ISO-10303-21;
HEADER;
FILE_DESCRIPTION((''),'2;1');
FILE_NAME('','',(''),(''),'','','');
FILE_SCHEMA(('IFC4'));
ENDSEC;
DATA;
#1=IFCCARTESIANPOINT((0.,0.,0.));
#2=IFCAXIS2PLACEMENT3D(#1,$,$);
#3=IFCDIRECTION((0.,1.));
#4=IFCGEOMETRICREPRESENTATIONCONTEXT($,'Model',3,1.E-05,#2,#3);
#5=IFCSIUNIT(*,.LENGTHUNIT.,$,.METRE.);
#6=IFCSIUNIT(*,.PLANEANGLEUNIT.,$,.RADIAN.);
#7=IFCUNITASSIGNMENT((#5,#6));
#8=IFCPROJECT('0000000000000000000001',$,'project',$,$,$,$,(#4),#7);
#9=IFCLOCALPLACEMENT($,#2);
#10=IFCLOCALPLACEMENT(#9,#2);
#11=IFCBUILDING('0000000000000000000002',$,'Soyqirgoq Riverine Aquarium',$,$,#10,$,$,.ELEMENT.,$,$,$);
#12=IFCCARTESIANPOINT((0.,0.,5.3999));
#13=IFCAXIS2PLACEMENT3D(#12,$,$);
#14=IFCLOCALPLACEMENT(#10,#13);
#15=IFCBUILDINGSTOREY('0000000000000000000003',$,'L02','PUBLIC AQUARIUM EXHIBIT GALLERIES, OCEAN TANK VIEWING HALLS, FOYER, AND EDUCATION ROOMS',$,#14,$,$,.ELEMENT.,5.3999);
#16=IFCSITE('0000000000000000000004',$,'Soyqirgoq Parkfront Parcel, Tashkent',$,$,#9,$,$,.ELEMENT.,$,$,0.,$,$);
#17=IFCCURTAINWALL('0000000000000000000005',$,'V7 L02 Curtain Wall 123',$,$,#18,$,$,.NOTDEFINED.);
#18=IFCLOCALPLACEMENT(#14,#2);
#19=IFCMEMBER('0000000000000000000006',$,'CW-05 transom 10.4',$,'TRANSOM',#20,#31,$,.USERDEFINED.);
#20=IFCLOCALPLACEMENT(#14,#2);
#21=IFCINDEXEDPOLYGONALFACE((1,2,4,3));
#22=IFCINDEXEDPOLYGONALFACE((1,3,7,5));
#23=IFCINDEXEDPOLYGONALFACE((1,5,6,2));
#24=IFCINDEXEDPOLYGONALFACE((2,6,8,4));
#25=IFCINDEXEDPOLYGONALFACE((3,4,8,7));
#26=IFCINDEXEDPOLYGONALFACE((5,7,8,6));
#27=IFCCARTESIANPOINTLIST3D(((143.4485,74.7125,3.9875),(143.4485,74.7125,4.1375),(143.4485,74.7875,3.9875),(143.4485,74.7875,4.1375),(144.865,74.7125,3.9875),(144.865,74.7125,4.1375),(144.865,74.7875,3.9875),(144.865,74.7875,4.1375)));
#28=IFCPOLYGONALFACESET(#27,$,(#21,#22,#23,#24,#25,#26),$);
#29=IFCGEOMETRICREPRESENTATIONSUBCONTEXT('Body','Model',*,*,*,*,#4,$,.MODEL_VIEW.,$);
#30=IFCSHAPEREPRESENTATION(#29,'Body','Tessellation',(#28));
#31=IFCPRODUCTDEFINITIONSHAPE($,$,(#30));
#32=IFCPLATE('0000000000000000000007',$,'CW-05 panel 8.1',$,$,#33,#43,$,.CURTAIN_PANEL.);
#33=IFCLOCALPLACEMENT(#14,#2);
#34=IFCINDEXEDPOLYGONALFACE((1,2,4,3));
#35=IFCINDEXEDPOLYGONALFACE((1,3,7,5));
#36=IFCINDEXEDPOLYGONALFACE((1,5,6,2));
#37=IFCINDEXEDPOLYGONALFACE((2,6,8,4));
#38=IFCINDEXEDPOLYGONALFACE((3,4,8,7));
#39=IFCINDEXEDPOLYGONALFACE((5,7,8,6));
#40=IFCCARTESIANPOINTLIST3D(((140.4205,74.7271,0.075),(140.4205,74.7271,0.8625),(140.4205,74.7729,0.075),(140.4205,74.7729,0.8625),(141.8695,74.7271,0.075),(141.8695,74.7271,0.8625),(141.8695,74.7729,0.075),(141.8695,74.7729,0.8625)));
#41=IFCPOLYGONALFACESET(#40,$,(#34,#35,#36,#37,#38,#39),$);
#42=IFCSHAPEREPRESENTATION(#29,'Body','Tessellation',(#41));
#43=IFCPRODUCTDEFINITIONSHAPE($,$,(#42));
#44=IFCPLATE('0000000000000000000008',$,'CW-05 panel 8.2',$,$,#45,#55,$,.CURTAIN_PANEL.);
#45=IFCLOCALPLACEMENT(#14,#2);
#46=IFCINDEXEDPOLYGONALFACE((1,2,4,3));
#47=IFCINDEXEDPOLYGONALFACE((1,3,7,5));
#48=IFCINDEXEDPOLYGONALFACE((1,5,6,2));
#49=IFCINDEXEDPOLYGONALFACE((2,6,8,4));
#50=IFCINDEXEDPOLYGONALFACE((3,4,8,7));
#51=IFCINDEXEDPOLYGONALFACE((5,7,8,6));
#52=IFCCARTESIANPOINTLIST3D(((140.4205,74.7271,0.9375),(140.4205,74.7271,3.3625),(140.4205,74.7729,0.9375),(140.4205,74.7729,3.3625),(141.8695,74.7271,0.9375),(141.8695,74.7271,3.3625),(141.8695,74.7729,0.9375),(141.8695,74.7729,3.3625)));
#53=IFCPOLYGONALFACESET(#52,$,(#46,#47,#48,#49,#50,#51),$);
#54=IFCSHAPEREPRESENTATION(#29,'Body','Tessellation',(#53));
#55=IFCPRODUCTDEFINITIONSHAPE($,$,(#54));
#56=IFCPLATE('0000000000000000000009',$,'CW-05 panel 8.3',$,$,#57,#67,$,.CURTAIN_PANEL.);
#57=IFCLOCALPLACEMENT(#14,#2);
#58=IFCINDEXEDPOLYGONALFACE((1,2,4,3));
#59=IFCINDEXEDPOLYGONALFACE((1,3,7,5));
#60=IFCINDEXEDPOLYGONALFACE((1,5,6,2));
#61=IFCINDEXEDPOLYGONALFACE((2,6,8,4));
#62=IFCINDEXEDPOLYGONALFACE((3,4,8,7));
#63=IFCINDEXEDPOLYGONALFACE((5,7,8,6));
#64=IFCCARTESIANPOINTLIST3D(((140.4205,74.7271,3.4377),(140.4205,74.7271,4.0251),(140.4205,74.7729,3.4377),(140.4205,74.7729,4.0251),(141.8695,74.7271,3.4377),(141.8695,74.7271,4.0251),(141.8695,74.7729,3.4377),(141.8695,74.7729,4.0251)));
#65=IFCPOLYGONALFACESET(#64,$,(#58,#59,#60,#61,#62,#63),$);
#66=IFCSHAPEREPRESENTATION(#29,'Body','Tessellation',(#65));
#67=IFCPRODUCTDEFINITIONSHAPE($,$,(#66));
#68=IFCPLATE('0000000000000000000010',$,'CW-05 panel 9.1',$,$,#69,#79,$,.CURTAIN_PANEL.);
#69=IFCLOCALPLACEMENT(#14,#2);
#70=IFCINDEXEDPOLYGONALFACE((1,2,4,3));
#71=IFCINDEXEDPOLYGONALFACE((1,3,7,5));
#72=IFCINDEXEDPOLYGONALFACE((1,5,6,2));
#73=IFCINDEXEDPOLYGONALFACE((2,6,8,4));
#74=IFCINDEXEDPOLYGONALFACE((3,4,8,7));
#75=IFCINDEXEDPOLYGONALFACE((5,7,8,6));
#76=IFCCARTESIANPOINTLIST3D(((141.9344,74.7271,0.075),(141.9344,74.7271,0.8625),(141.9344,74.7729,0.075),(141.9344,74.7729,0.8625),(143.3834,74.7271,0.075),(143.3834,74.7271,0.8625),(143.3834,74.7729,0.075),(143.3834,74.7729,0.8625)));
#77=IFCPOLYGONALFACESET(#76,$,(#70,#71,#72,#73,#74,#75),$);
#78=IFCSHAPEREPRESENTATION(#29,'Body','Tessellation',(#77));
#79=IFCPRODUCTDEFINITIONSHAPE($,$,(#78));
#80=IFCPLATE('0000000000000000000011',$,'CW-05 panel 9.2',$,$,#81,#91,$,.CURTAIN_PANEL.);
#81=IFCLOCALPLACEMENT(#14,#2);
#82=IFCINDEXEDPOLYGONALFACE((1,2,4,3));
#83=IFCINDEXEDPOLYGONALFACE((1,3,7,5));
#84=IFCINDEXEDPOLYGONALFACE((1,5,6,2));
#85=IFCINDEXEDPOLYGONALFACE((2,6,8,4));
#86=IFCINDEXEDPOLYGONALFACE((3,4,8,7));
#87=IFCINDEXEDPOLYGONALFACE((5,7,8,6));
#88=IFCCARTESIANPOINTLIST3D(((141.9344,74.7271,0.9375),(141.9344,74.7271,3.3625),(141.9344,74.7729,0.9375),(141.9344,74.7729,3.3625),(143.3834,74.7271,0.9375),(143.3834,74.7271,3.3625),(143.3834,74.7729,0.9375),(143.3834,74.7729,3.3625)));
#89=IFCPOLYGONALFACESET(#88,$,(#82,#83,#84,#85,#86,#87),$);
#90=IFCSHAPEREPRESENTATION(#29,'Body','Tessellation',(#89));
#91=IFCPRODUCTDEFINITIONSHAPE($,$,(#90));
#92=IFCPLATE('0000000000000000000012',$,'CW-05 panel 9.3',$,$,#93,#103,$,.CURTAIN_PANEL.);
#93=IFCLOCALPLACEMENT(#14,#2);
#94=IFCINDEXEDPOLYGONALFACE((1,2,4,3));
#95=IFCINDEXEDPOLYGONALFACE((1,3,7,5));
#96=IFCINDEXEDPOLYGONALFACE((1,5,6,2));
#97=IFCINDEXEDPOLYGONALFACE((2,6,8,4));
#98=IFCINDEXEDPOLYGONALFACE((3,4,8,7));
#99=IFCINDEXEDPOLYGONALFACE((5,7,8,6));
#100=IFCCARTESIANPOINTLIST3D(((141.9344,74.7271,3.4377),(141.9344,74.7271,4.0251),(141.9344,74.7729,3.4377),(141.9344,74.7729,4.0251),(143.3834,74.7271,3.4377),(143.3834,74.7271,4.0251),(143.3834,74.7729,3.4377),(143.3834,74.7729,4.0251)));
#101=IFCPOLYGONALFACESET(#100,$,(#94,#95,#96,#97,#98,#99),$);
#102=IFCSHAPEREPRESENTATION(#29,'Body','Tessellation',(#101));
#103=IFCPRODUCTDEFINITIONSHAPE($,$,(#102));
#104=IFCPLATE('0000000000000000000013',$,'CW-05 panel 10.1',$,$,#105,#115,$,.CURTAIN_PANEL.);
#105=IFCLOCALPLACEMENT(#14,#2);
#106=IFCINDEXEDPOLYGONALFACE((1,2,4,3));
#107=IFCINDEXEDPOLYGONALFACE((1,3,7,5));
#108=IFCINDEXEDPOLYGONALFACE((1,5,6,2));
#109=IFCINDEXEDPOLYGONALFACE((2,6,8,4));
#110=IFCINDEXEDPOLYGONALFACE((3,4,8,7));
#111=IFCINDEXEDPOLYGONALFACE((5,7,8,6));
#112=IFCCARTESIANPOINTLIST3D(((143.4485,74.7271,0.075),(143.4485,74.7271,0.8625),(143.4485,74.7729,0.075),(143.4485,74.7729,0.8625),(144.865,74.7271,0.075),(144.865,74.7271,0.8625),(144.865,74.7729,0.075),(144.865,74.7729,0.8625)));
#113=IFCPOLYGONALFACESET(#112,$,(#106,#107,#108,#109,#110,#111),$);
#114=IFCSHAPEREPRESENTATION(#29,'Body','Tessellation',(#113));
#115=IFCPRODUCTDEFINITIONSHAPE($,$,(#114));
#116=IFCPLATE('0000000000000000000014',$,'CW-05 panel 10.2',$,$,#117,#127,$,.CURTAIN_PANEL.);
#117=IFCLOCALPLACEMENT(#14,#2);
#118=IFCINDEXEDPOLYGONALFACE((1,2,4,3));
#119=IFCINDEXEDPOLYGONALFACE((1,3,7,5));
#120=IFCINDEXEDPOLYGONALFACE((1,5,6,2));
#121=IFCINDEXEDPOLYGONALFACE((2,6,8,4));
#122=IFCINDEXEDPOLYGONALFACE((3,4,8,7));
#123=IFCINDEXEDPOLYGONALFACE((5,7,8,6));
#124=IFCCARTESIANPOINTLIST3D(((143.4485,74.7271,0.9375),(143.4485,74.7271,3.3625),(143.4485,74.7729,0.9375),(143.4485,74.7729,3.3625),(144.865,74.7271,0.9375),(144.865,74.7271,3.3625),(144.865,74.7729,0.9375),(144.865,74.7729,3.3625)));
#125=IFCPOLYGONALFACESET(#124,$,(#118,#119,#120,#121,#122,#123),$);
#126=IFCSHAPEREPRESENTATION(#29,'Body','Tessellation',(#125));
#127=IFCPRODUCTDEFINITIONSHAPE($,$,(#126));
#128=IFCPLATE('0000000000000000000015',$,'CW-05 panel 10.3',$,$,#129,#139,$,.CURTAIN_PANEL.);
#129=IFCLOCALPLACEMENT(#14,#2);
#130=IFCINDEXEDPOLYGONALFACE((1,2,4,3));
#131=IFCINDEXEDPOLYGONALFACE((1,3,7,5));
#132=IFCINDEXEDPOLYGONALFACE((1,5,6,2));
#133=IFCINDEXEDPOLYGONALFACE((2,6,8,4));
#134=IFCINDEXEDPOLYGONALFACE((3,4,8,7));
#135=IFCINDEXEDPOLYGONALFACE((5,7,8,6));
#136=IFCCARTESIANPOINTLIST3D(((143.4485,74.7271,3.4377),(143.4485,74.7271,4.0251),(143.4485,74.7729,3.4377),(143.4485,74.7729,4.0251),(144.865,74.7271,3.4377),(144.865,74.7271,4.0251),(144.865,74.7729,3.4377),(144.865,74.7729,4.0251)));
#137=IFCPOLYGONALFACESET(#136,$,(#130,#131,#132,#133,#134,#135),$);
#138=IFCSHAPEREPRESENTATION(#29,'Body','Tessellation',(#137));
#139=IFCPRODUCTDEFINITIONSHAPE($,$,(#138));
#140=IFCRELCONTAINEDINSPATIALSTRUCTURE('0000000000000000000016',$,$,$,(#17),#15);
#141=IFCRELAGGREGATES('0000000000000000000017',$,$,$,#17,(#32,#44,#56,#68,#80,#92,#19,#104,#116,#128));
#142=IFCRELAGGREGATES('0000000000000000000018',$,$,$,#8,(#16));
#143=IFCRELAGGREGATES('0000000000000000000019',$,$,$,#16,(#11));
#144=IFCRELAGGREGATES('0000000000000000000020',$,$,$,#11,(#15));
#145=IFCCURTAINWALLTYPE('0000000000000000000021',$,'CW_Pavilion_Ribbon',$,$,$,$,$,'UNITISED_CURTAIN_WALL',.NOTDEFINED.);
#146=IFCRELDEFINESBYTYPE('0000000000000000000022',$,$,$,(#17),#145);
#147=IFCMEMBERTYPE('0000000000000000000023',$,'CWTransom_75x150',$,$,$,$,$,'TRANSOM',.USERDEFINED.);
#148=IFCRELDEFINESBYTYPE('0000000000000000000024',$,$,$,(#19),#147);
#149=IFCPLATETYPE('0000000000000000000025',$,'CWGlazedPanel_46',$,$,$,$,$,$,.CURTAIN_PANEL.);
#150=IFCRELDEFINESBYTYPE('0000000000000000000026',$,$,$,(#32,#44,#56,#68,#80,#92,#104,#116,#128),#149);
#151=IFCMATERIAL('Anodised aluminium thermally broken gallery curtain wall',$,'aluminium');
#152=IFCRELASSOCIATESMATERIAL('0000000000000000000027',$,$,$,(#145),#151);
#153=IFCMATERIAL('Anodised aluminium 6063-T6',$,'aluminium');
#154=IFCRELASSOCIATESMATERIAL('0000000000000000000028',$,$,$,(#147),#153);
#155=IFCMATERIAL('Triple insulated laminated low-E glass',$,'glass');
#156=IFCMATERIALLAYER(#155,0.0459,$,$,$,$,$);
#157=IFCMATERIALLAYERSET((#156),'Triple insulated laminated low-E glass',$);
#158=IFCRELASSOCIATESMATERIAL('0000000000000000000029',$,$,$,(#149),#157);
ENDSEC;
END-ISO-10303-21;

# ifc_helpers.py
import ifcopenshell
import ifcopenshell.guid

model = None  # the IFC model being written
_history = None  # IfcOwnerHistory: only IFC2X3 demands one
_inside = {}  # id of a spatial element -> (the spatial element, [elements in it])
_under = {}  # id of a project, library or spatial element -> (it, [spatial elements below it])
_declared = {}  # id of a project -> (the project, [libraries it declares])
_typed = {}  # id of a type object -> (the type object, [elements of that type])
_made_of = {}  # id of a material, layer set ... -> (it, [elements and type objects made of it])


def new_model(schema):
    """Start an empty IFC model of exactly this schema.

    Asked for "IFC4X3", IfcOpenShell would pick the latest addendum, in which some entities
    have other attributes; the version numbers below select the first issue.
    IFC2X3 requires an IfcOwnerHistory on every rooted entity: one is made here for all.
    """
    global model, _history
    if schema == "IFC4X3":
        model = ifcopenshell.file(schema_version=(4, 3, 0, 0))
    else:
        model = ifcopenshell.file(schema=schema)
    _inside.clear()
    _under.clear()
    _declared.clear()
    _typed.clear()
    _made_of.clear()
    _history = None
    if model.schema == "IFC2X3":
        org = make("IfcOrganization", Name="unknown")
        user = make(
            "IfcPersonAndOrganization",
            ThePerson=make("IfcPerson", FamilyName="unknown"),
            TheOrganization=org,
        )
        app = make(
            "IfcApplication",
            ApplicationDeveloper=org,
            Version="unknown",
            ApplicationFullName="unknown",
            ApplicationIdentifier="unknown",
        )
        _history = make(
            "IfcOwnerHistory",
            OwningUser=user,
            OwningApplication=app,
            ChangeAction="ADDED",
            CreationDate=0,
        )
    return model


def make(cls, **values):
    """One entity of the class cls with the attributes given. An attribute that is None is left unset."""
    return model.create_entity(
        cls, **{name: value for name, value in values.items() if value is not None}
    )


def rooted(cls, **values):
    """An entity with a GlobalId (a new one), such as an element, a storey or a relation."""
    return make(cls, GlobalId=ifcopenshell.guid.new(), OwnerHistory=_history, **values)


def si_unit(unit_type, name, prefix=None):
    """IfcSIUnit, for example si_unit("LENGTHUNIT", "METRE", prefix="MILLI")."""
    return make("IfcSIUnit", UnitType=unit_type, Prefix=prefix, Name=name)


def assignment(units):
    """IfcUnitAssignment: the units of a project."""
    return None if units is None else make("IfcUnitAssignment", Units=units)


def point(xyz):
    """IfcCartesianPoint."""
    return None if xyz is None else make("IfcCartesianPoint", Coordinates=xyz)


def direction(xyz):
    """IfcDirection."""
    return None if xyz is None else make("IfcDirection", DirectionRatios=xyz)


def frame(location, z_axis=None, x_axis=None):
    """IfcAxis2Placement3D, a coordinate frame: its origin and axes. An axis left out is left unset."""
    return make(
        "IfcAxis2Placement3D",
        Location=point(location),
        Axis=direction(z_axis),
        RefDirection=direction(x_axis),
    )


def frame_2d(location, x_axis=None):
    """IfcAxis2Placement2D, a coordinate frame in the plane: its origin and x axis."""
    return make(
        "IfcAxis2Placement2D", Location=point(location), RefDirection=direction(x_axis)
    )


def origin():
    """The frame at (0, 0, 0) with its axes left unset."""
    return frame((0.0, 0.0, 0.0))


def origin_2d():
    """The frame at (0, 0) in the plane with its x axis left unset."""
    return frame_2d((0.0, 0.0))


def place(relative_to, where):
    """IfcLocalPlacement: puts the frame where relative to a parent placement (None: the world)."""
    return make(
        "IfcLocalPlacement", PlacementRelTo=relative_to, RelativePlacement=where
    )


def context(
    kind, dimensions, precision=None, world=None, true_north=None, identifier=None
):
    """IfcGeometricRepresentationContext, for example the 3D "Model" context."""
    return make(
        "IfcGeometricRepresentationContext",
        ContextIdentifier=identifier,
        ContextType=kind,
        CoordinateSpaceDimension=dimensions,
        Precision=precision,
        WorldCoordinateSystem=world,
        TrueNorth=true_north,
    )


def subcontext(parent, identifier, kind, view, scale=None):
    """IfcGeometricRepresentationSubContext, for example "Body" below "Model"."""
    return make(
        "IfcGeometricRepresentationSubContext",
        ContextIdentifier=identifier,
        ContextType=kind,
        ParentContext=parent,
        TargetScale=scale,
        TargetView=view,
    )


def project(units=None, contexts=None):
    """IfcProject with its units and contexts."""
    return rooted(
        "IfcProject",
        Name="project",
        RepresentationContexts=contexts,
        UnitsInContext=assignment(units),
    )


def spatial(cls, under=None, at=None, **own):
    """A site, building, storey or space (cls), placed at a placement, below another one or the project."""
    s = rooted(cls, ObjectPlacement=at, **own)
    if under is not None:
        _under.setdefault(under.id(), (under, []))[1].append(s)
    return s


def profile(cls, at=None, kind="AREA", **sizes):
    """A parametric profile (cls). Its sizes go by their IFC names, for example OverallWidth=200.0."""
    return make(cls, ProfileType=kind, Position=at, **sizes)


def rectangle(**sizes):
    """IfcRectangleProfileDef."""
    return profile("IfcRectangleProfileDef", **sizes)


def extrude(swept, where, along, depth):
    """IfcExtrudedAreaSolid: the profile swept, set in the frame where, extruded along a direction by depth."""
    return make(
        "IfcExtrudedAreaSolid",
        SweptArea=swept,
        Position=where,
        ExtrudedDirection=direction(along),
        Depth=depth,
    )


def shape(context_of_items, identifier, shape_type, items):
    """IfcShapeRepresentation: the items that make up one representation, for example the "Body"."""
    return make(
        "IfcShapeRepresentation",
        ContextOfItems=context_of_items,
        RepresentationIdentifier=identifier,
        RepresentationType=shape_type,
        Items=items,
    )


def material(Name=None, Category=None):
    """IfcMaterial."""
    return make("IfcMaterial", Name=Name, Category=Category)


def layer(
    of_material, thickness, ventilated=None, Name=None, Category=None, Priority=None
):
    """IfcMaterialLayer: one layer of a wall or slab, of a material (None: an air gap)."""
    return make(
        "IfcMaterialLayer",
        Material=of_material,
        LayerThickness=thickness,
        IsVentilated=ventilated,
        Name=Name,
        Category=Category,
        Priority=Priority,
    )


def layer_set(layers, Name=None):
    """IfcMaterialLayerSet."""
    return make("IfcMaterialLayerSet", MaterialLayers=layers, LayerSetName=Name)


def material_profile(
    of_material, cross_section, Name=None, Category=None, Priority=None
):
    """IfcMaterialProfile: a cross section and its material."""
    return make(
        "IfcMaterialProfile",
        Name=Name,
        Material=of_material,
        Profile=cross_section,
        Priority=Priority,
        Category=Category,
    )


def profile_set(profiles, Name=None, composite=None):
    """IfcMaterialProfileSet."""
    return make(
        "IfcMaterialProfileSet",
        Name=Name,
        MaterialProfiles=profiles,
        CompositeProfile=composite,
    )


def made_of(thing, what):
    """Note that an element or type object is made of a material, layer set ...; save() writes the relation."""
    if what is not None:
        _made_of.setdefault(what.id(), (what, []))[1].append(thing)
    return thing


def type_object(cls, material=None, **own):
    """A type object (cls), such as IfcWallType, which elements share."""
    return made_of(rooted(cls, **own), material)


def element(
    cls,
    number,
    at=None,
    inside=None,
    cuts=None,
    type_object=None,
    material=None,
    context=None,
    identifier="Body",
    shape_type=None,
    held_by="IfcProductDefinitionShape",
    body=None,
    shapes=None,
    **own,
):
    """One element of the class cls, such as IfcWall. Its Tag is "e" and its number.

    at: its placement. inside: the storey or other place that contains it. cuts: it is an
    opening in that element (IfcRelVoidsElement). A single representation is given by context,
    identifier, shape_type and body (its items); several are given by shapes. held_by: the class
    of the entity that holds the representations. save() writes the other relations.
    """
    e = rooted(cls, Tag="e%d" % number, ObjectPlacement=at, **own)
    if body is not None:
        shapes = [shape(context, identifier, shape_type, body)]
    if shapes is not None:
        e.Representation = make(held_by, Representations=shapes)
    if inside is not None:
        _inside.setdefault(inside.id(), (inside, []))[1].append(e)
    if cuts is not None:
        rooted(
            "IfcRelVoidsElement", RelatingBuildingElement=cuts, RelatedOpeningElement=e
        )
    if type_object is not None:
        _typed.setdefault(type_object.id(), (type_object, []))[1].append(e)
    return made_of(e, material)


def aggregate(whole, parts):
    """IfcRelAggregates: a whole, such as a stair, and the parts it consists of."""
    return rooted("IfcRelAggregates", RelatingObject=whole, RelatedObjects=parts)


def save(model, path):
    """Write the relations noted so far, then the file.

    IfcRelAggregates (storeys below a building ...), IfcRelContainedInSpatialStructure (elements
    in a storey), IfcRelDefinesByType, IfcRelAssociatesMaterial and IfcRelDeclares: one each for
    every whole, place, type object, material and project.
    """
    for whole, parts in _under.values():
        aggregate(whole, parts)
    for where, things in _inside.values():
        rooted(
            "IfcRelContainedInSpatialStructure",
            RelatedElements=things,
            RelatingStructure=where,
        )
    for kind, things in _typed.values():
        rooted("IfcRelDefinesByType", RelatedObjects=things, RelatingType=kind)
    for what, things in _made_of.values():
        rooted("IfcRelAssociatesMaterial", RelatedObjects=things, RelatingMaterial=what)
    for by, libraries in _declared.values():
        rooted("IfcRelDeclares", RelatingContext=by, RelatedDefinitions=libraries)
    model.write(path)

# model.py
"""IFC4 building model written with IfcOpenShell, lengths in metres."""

from ifc_helpers import new_model, si_unit, direction, frame, origin, origin_2d, place, context, subcontext, project, spatial, rectangle, extrude, material, layer, layer_set, material_profile, profile_set, type_object, element, aggregate, save


model = new_model("IFC4")

# Units and contexts
model_context = context("Model", 3, precision=1e-05, world=origin(), true_north=direction((0.0, 1.0)))
body_context = subcontext(model_context, "Body", "Model", "MODEL_VIEW")
ifc_project = project(units=[si_unit("LENGTHUNIT", "METRE"), si_unit("PLANEANGLEUNIT", "RADIAN")], contexts=[model_context])

# Site, building, storey
site_placement = place(None, origin())
site = spatial("IfcSite", under=ifc_project, at=site_placement, Name="Soyqirgoq Parkfront Parcel, Tashkent", CompositionType="ELEMENT", RefElevation=0.0)
building_placement = place(site_placement, origin())
building = spatial("IfcBuilding", under=site, at=building_placement, Name="Soyqirgoq Riverine Aquarium", CompositionType="ELEMENT")
storey_placement = place(building_placement, frame((0.0, 0.0, 5.3999)))
storey = spatial("IfcBuildingStorey", under=building, at=storey_placement, Name="L02", Description="PUBLIC AQUARIUM EXHIBIT GALLERIES, OCEAN TANK VIEWING HALLS, FOYER, AND EDUCATION ROOMS", CompositionType="ELEMENT", Elevation=5.3999)

# Curtain wall, member, plates
ifc_material_1 = material(Name="Anodised aluminium thermally broken gallery curtain wall", Category="aluminium")
curtain_wall_type = type_object("IfcCurtainWallType", Name="CW_Pavilion_Ribbon", ElementType="UNITISED_CURTAIN_WALL", PredefinedType="NOTDEFINED", material=ifc_material_1)
curtain_wall_placement = place(storey_placement, origin())
curtain_wall = element("IfcCurtainWall", 1, at=curtain_wall_placement, inside=storey, type_object=curtain_wall_type, Name="V7 L02 Curtain Wall 123", PredefinedType="NOTDEFINED")
ifc_material_2 = material(Name="Anodised aluminium 6063-T6", Category="aluminium")
ifc_material_profile_1 = material_profile(ifc_material_2, rectangle(XDim=0.075, YDim=0.1499, at=origin_2d()), Name="ALU-T 75x150")
ifc_profile_set_1 = profile_set([ifc_material_profile_1], Name="Anodised aluminium 6063-T6")
member_type_1 = type_object("IfcMemberType", Name="CWTransom_75x150", ElementType="TRANSOM", PredefinedType="USERDEFINED", material=ifc_profile_set_1)
member_1_placement = place(storey_placement, frame((143.4485, 74.75, 4.0625), z_axis=(1.0, 0.0, 0.0), x_axis=(0.0, 1.0, 0.0)))
member_1 = element("IfcMember", 2, at=member_1_placement, type_object=member_type_1, Name="CW-05 transom 10.4", ObjectType="TRANSOM", PredefinedType="USERDEFINED", context=body_context, shape_type="SweptSolid", body=[
    extrude(rectangle(XDim=0.075, YDim=0.1499, at=origin_2d()), origin(), (0.0, 0.0, 1.0), 1.4165),
])
ifc_material_3 = material(Name="Triple insulated laminated low-E glass", Category="glass")
ifc_layer = layer(ifc_material_3, 0.0459)
ifc_layer_set = layer_set([ifc_layer], Name="Triple insulated laminated low-E glass")
plate_type = type_object("IfcPlateType", Name="CWGlazedPanel_46", PredefinedType="CURTAIN_PANEL", material=ifc_layer_set)
plate_1_placement = place(storey_placement, frame((141.145, 74.75, 0.075), z_axis=(0.0, 0.0, 1.0), x_axis=(1.0, 0.0, 0.0)))
plate_1 = element("IfcPlate", 3, at=plate_1_placement, type_object=plate_type, Name="CW-05 panel 8.1", PredefinedType="CURTAIN_PANEL", context=body_context, shape_type="SweptSolid", body=[
    extrude(rectangle(XDim=1.449, YDim=0.0459, at=origin_2d()), origin(), (0.0, 0.0, 1.0), 0.7876),
])
plate_2_placement = place(storey_placement, frame((141.145, 74.75, 0.9375), z_axis=(0.0, 0.0, 1.0), x_axis=(1.0, 0.0, 0.0)))
plate_2 = element("IfcPlate", 4, at=plate_2_placement, type_object=plate_type, Name="CW-05 panel 8.2", PredefinedType="CURTAIN_PANEL", context=body_context, shape_type="SweptSolid", body=[
    extrude(rectangle(XDim=1.449, YDim=0.0459, at=origin_2d()), origin(), (0.0, 0.0, 1.0), 2.425),
])
plate_3_placement = place(storey_placement, frame((141.145, 74.75, 3.4377), z_axis=(0.0, 0.0, 1.0), x_axis=(1.0, 0.0, 0.0)))
plate_3 = element("IfcPlate", 5, at=plate_3_placement, type_object=plate_type, Name="CW-05 panel 8.3", PredefinedType="CURTAIN_PANEL", context=body_context, shape_type="SweptSolid", body=[
    extrude(rectangle(XDim=1.449, YDim=0.0459, at=origin_2d()), origin(), (0.0, 0.0, 1.0), 0.5874),
])
plate_4_placement = place(storey_placement, frame((142.6589, 74.75, 0.075), z_axis=(0.0, 0.0, 1.0), x_axis=(1.0, 0.0, 0.0)))
plate_4 = element("IfcPlate", 6, at=plate_4_placement, type_object=plate_type, Name="CW-05 panel 9.1", PredefinedType="CURTAIN_PANEL", context=body_context, shape_type="SweptSolid", body=[
    extrude(rectangle(XDim=1.449, YDim=0.0459, at=origin_2d()), origin(), (0.0, 0.0, 1.0), 0.7876),
])
plate_5_placement = place(storey_placement, frame((142.6589, 74.75, 0.9375), z_axis=(0.0, 0.0, 1.0), x_axis=(1.0, 0.0, 0.0)))
plate_5 = element("IfcPlate", 7, at=plate_5_placement, type_object=plate_type, Name="CW-05 panel 9.2", PredefinedType="CURTAIN_PANEL", context=body_context, shape_type="SweptSolid", body=[
    extrude(rectangle(XDim=1.449, YDim=0.0459, at=origin_2d()), origin(), (0.0, 0.0, 1.0), 2.425),
])
plate_6_placement = place(storey_placement, frame((142.6589, 74.75, 3.4377), z_axis=(0.0, 0.0, 1.0), x_axis=(1.0, 0.0, 0.0)))
plate_6 = element("IfcPlate", 8, at=plate_6_placement, type_object=plate_type, Name="CW-05 panel 9.3", PredefinedType="CURTAIN_PANEL", context=body_context, shape_type="SweptSolid", body=[
    extrude(rectangle(XDim=1.449, YDim=0.0459, at=origin_2d()), origin(), (0.0, 0.0, 1.0), 0.5874),
])
plate_7_placement = place(storey_placement, frame((144.1567, 74.75, 0.075), z_axis=(0.0, 0.0, 1.0), x_axis=(1.0, 0.0, 0.0)))
plate_7 = element("IfcPlate", 9, at=plate_7_placement, type_object=plate_type, Name="CW-05 panel 10.1", PredefinedType="CURTAIN_PANEL", context=body_context, shape_type="SweptSolid", body=[
    extrude(rectangle(XDim=1.4165, YDim=0.0459, at=origin_2d()), origin(), (0.0, 0.0, 1.0), 0.7876),
])
plate_8_placement = place(storey_placement, frame((144.1567, 74.75, 0.9375), z_axis=(0.0, 0.0, 1.0), x_axis=(1.0, 0.0, 0.0)))
plate_8 = element("IfcPlate", 10, at=plate_8_placement, type_object=plate_type, Name="CW-05 panel 10.2", PredefinedType="CURTAIN_PANEL", context=body_context, shape_type="SweptSolid", body=[
    extrude(rectangle(XDim=1.4165, YDim=0.0459, at=origin_2d()), origin(), (0.0, 0.0, 1.0), 2.425),
])
plate_9_placement = place(storey_placement, frame((144.1567, 74.75, 3.4377), z_axis=(0.0, 0.0, 1.0), x_axis=(1.0, 0.0, 0.0)))
plate_9 = element("IfcPlate", 11, at=plate_9_placement, type_object=plate_type, Name="CW-05 panel 10.3", PredefinedType="CURTAIN_PANEL", context=body_context, shape_type="SweptSolid", body=[
    extrude(rectangle(XDim=1.4165, YDim=0.0459, at=origin_2d()), origin(), (0.0, 0.0, 1.0), 0.5874),
])
aggregate(curtain_wall, [plate_1, plate_2, plate_3, plate_4, plate_5, plate_6, member_1, plate_7, plate_8, plate_9])

save(model, "model.ifc")
